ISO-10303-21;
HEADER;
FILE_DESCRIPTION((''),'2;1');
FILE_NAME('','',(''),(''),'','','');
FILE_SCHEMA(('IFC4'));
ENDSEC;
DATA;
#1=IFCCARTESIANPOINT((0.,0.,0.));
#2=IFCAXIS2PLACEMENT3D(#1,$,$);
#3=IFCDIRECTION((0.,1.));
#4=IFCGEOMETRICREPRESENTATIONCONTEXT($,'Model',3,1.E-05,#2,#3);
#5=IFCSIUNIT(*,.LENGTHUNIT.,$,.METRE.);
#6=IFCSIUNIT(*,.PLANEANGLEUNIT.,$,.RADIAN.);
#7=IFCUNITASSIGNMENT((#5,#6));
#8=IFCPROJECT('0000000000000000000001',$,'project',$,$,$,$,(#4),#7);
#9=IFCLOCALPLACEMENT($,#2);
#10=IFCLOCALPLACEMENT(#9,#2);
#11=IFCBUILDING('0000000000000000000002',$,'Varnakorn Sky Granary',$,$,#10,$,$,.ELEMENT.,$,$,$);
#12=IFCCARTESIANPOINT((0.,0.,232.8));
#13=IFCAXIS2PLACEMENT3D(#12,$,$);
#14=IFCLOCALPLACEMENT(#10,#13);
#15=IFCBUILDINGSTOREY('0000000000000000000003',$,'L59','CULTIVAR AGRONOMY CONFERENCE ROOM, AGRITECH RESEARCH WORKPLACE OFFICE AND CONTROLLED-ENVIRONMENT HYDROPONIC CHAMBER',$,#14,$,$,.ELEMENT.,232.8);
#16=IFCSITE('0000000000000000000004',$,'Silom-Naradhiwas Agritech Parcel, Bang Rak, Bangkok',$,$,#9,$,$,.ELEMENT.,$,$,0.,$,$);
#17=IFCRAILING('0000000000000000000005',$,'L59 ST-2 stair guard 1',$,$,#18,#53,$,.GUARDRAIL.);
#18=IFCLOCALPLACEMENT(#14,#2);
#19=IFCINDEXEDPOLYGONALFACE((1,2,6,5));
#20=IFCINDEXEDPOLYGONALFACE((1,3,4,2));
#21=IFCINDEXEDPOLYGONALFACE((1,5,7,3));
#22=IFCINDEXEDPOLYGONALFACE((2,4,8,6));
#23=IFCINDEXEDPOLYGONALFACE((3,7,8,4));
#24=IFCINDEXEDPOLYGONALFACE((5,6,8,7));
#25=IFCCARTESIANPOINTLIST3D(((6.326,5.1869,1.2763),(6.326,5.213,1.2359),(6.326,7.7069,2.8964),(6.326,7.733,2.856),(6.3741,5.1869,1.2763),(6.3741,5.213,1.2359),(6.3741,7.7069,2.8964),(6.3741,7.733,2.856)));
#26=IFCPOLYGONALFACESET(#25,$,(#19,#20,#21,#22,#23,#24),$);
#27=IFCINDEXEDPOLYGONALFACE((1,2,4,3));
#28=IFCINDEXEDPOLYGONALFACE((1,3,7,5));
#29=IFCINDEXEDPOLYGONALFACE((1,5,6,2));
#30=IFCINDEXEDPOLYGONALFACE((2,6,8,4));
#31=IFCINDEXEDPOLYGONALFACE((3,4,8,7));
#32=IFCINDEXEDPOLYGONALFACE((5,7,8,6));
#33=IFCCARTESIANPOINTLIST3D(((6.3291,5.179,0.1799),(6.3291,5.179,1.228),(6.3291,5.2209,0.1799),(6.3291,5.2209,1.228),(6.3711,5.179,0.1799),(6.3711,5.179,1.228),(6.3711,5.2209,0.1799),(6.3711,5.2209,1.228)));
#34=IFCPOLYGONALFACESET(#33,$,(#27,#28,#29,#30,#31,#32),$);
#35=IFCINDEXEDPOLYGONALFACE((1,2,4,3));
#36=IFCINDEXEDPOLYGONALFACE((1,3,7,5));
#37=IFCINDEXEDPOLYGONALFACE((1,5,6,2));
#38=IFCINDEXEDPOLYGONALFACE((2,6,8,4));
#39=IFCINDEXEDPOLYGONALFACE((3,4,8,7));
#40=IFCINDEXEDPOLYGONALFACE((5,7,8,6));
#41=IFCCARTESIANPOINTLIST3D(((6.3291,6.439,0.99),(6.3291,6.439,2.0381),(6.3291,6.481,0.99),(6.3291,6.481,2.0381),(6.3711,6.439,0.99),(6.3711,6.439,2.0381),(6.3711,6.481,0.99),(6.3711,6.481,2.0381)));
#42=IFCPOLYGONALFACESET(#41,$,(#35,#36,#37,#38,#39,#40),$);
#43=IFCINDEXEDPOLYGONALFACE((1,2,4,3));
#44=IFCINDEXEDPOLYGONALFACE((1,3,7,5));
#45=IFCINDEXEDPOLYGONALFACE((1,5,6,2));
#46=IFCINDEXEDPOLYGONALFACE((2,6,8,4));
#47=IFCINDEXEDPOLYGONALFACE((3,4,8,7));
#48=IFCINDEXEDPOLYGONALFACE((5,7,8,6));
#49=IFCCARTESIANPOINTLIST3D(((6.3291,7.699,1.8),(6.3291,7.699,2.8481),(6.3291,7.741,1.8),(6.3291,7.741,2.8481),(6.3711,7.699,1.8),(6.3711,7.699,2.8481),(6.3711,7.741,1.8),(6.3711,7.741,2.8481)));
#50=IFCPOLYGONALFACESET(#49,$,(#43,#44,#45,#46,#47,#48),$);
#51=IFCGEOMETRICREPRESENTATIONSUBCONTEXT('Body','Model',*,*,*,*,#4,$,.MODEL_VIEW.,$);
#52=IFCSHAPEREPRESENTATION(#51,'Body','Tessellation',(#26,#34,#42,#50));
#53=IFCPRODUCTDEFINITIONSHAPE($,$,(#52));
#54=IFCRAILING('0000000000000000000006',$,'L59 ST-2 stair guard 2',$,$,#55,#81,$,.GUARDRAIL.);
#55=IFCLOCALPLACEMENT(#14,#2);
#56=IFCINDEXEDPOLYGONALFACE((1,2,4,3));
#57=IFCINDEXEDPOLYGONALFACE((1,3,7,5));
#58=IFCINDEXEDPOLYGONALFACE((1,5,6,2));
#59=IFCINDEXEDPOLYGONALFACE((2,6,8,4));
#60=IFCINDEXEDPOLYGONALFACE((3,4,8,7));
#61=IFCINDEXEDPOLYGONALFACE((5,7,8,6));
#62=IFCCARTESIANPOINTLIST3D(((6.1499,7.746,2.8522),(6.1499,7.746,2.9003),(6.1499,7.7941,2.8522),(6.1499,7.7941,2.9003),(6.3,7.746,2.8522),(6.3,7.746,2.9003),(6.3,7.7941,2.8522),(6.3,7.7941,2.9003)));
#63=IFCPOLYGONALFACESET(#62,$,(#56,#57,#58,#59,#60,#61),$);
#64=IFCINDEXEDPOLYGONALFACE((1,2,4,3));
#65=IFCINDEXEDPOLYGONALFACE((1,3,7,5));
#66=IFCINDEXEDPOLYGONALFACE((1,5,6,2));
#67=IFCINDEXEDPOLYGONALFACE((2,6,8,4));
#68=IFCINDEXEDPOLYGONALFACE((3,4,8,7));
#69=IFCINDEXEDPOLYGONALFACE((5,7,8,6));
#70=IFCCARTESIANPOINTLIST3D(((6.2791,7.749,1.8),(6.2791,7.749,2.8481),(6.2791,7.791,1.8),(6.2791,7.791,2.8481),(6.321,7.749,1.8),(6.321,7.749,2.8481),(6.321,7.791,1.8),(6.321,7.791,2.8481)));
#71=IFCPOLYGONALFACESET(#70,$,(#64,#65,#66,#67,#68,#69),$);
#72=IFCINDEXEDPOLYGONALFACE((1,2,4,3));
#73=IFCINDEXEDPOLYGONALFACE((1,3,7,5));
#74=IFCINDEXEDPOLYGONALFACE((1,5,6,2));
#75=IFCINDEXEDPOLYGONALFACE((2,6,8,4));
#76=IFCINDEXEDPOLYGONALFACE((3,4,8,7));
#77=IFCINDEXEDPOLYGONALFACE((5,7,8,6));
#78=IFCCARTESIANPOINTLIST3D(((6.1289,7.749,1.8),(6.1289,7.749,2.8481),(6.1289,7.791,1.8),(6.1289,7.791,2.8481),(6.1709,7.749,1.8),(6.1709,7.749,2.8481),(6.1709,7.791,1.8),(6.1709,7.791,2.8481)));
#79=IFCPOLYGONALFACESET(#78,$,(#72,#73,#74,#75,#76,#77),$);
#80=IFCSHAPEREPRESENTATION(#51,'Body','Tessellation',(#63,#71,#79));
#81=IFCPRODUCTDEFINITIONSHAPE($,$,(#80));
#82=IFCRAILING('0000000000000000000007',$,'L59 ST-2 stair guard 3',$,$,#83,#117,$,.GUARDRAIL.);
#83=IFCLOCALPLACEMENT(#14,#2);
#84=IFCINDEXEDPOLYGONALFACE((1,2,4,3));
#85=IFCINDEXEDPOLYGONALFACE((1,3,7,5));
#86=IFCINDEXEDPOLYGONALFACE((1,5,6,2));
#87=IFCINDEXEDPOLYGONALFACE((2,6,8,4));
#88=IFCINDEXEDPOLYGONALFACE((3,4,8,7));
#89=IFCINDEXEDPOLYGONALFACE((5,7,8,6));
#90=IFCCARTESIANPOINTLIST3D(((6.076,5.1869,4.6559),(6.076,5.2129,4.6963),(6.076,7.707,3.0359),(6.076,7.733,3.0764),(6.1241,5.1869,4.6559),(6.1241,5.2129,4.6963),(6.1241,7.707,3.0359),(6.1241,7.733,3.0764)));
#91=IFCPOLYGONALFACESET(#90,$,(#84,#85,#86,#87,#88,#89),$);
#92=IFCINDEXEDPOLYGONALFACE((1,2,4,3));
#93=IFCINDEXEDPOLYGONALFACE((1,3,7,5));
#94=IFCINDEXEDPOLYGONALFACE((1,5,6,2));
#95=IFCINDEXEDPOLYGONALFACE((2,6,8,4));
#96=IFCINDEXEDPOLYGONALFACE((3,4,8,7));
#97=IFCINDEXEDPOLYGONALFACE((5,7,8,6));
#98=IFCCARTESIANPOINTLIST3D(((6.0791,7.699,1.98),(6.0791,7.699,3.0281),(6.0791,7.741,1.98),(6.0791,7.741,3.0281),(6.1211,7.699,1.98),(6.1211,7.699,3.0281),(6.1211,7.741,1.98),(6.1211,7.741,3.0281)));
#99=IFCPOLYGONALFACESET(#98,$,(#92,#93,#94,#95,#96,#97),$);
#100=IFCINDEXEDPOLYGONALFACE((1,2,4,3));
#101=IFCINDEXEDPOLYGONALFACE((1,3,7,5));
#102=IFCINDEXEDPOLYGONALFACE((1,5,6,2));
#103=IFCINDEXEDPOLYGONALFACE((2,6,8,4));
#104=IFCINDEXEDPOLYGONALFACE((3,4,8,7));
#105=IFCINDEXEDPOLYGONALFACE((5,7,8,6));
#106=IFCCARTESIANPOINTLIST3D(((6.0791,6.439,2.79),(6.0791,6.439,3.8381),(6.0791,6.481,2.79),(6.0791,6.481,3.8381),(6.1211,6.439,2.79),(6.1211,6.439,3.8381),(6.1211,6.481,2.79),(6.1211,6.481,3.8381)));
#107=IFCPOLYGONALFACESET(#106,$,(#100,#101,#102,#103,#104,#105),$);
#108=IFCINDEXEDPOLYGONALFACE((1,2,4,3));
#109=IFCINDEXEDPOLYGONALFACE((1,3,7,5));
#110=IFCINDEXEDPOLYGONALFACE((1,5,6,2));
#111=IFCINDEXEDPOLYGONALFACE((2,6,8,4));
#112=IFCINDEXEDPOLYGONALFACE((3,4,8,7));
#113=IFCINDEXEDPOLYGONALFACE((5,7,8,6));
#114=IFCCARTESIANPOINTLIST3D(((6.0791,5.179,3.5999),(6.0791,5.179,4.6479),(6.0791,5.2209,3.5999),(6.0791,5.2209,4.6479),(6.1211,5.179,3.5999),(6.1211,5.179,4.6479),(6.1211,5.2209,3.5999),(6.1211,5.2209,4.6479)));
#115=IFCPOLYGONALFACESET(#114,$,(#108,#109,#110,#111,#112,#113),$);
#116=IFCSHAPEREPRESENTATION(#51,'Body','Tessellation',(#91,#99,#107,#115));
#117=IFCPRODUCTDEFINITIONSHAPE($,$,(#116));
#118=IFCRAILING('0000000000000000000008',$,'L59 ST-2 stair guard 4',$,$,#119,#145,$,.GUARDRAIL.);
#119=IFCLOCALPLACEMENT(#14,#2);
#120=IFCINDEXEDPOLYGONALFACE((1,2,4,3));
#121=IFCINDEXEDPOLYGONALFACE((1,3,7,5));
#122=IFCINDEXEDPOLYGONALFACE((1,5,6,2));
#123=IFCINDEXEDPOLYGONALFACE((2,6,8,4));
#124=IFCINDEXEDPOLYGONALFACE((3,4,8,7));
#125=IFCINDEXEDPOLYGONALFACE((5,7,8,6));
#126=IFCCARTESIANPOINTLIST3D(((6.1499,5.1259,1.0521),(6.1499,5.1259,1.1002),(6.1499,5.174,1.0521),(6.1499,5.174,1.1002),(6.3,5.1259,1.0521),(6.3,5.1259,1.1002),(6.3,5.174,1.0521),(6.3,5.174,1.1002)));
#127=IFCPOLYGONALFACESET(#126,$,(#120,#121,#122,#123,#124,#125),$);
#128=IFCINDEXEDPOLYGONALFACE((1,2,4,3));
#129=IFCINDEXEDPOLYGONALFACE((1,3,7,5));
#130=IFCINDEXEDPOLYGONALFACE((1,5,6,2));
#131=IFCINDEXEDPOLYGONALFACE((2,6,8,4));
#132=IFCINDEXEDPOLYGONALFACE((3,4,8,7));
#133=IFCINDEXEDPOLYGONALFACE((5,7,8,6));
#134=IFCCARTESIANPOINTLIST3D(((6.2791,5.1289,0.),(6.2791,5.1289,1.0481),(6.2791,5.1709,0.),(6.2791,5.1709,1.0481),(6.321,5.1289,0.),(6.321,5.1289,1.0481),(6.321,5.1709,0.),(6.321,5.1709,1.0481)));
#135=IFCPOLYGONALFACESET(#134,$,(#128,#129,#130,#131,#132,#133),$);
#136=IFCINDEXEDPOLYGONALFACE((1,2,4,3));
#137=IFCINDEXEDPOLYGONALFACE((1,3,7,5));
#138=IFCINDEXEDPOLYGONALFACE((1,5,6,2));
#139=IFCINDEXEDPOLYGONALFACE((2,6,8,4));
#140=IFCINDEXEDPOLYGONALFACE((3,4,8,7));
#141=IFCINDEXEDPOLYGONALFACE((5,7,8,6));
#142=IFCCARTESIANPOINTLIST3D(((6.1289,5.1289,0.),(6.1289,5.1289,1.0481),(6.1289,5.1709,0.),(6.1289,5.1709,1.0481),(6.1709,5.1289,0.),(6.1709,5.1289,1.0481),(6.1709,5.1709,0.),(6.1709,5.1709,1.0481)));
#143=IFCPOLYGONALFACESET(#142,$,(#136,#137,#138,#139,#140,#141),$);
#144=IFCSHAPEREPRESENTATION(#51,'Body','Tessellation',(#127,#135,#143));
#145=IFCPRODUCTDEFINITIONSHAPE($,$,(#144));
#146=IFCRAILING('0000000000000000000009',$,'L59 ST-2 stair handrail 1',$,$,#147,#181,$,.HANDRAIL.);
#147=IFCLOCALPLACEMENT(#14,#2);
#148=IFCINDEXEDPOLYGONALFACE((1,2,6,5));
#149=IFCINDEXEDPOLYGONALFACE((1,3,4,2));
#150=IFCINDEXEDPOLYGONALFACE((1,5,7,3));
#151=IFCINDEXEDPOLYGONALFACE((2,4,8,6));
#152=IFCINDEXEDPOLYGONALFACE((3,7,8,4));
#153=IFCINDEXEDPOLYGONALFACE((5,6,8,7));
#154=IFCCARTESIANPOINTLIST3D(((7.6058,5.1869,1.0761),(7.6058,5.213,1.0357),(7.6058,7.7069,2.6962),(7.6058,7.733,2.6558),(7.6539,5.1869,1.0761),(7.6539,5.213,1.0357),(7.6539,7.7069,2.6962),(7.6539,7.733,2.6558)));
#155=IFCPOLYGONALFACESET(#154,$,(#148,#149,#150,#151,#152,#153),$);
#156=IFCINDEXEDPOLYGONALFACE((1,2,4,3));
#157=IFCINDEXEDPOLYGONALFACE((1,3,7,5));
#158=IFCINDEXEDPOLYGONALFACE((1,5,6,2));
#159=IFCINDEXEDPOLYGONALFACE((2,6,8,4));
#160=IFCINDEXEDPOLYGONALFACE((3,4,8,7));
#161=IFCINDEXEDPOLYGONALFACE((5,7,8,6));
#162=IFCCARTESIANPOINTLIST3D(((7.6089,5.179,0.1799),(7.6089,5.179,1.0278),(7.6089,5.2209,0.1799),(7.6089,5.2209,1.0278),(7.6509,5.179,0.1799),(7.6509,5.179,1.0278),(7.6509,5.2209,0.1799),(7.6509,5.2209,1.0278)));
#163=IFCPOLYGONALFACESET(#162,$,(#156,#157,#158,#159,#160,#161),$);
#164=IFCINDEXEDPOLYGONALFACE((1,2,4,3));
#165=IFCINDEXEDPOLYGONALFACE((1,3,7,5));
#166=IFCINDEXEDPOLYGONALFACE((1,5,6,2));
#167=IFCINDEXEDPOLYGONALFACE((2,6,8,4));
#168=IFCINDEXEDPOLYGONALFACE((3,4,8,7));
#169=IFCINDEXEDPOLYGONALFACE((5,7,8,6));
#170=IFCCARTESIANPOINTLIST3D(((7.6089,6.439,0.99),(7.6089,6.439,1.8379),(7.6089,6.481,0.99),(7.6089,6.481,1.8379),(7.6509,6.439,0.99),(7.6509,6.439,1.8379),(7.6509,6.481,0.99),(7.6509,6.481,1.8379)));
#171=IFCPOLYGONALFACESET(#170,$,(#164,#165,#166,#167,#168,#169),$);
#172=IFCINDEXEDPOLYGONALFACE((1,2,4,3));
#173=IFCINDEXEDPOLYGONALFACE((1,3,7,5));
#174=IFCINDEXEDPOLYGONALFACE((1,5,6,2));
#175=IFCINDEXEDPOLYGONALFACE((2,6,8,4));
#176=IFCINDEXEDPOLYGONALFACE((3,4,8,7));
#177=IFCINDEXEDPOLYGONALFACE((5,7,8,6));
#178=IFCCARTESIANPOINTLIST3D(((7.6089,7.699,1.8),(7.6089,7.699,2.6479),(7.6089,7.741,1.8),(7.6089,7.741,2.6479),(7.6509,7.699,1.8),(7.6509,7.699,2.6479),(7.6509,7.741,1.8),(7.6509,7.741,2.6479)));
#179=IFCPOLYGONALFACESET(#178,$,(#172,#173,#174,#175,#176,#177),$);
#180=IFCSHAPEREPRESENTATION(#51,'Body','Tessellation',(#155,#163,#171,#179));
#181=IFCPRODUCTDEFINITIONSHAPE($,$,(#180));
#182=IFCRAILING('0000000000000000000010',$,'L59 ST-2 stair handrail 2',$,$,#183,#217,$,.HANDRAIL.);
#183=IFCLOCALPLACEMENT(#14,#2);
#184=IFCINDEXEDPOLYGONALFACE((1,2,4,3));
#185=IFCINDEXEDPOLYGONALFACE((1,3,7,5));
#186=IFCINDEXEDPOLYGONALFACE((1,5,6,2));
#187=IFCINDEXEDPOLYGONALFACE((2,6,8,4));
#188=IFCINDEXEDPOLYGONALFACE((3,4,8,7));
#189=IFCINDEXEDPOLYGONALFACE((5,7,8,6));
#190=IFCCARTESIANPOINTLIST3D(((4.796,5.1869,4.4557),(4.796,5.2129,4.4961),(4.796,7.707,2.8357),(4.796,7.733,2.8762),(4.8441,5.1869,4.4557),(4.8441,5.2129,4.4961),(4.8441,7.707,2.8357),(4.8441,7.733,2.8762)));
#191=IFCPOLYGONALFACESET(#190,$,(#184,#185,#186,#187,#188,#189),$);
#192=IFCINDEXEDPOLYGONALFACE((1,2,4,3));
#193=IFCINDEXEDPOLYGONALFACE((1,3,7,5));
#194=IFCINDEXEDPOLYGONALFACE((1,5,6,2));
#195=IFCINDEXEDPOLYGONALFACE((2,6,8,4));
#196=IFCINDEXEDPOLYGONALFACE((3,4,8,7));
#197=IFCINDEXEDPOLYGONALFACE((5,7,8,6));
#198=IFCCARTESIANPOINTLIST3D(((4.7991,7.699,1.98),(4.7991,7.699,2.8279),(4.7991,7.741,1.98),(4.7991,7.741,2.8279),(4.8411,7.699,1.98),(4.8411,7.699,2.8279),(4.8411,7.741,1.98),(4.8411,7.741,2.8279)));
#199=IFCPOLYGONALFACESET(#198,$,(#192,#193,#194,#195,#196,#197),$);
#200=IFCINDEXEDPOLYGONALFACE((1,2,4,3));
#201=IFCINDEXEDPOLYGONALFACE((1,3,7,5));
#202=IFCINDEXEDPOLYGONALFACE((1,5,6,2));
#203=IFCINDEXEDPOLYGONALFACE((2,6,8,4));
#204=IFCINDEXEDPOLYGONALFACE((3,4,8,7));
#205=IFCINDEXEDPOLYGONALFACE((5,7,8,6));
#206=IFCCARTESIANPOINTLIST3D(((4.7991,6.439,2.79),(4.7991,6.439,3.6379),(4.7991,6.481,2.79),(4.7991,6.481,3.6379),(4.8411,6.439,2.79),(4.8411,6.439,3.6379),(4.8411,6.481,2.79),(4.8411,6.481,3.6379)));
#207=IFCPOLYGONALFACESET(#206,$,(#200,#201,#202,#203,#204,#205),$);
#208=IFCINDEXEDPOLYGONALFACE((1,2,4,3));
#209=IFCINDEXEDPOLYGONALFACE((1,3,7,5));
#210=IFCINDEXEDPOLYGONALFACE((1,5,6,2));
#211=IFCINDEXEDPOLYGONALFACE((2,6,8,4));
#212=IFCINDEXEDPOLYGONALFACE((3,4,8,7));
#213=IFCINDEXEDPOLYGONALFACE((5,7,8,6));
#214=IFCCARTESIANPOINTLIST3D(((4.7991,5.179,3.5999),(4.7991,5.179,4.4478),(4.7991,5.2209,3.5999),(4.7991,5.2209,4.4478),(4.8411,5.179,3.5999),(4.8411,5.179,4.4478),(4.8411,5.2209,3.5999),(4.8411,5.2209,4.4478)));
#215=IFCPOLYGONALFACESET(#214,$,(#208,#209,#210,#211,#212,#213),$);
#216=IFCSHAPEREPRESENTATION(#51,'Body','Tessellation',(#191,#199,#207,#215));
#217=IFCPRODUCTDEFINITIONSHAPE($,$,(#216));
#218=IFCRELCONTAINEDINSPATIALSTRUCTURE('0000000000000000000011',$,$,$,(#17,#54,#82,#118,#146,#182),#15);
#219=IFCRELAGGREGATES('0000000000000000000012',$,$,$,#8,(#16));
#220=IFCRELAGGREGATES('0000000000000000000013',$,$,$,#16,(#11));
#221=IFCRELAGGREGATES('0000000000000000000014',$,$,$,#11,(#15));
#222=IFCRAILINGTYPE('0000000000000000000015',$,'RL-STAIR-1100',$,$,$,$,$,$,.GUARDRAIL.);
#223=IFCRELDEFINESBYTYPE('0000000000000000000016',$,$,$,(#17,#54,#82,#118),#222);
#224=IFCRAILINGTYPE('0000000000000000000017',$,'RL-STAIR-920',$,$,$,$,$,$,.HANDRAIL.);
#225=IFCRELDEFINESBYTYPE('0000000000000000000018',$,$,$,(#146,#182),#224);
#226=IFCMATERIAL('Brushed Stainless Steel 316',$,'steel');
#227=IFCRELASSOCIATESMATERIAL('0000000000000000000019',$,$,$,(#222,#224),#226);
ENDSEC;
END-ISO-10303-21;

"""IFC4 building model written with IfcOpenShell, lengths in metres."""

from ifc_helpers import new_model, si_unit, direction, frame, origin, origin_2d, place, context, subcontext, project, spatial, rectangle, extrude, material, type_object, element, save


model = new_model("IFC4")

# Units and contexts
model_context = context("Model", 3, precision=1e-05, world=origin(), true_north=direction((0.0, 1.0)))
body_context = subcontext(model_context, "Body", "Model", "MODEL_VIEW")
ifc_project = project(units=[si_unit("LENGTHUNIT", "METRE"), si_unit("PLANEANGLEUNIT", "RADIAN")], contexts=[model_context])

# Site, building, storey
site_placement = place(None, origin())
site = spatial("IfcSite", under=ifc_project, at=site_placement, Name="Silom-Naradhiwas Agritech Parcel, Bang Rak, Bangkok", CompositionType="ELEMENT", RefElevation=0.0)
building_placement = place(site_placement, origin())
building = spatial("IfcBuilding", under=site, at=building_placement, Name="Varnakorn Sky Granary", CompositionType="ELEMENT")
storey_placement = place(building_placement, frame((0.0, 0.0, 232.8)))
storey = spatial("IfcBuildingStorey", under=building, at=storey_placement, Name="L59", Description="CULTIVAR AGRONOMY CONFERENCE ROOM, AGRITECH RESEARCH WORKPLACE OFFICE AND CONTROLLED-ENVIRONMENT HYDROPONIC CHAMBER", CompositionType="ELEMENT", Elevation=232.8)

# Railings
ifc_material_1 = material(Name="Brushed Stainless Steel 316", Category="steel")
railing_type_1 = type_object("IfcRailingType", Name="RL-STAIR-1100", PredefinedType="GUARDRAIL", material=ifc_material_1)
railing_1_placement = place(storey_placement, frame((6.3501, 5.2, 0.1799)))
element("IfcRailing", 1, at=railing_1_placement, inside=storey, type_object=railing_type_1, Name="L59 ST-2 stair guard 1", PredefinedType="GUARDRAIL", context=body_context, shape_type="SweptSolid", body=[
    extrude(rectangle(XDim=0.0481, YDim=0.0481, at=origin_2d()), frame((0.0, 0.0, 1.0762), z_axis=(0.0, 0.841163, 0.540782), x_axis=(-1.0, 0.0, 0.0)), (0.0, 0.0, 1.0), 2.9958),
    extrude(rectangle(XDim=0.042, YDim=0.042, at=origin_2d()), origin(), (0.0, 0.0, 1.0), 1.0481),
    extrude(rectangle(XDim=0.042, YDim=0.042, at=origin_2d()), frame((0.0, 1.26, 0.8101)), (0.0, 0.0, 1.0), 1.0481),
    extrude(rectangle(XDim=0.042, YDim=0.042, at=origin_2d()), frame((0.0, 2.52, 1.6201)), (0.0, 0.0, 1.0), 1.0481),
])
railing_2_placement = place(storey_placement, frame((6.3, 7.77, 1.8)))
element("IfcRailing", 2, at=railing_2_placement, inside=storey, type_object=railing_type_1, Name="L59 ST-2 stair guard 2", PredefinedType="GUARDRAIL", context=body_context, shape_type="SweptSolid", body=[
    extrude(rectangle(XDim=0.0481, YDim=0.0481, at=origin_2d()), frame((0.0, 0.0, 1.0762), z_axis=(-1.0, 0.0, 0.0), x_axis=(0.0, -1.0, 0.0)), (0.0, 0.0, 1.0), 0.1501),
    extrude(rectangle(XDim=0.042, YDim=0.042, at=origin_2d()), origin(), (0.0, 0.0, 1.0), 1.0481),
    extrude(rectangle(XDim=0.042, YDim=0.042, at=origin_2d()), frame((-0.1501, 0.0, 0.0)), (0.0, 0.0, 1.0), 1.0481),
])
railing_3_placement = place(storey_placement, frame((6.1001, 7.72, 1.98)))
element("IfcRailing", 3, at=railing_3_placement, inside=storey, type_object=railing_type_1, Name="L59 ST-2 stair guard 3", PredefinedType="GUARDRAIL", context=body_context, shape_type="SweptSolid", body=[
    extrude(rectangle(XDim=0.0481, YDim=0.0481, at=origin_2d()), frame((0.0, 0.0, 1.0762), z_axis=(0.0, -0.8412, 0.540725), x_axis=(1.0, 0.0, 0.0)), (0.0, 0.0, 1.0), 2.9958),
    extrude(rectangle(XDim=0.042, YDim=0.042, at=origin_2d()), origin(), (0.0, 0.0, 1.0), 1.0481),
    extrude(rectangle(XDim=0.042, YDim=0.042, at=origin_2d()), frame((0.0, -1.26, 0.8101)), (0.0, 0.0, 1.0), 1.0481),
    extrude(rectangle(XDim=0.042, YDim=0.042, at=origin_2d()), frame((0.0, -2.52, 1.6199)), (0.0, 0.0, 1.0), 1.0481),
])
railing_4_placement = place(storey_placement, frame((6.3, 5.1499, 0.0)))
element("IfcRailing", 4, at=railing_4_placement, inside=storey, type_object=railing_type_1, Name="L59 ST-2 stair guard 4", PredefinedType="GUARDRAIL", context=body_context, shape_type="SweptSolid", body=[
    extrude(rectangle(XDim=0.0481, YDim=0.0481, at=origin_2d()), frame((0.0, 0.0, 1.0762), z_axis=(-1.0, 0.0, 0.0), x_axis=(0.0, -1.0, 0.0)), (0.0, 0.0, 1.0), 0.1501),
    extrude(rectangle(XDim=0.042, YDim=0.042, at=origin_2d()), origin(), (0.0, 0.0, 1.0), 1.0481),
    extrude(rectangle(XDim=0.042, YDim=0.042, at=origin_2d()), frame((-0.1501, 0.0, 0.0)), (0.0, 0.0, 1.0), 1.0481),
])
railing_type_2 = type_object("IfcRailingType", Name="RL-STAIR-920", PredefinedType="HANDRAIL", material=ifc_material_1)
railing_5_placement = place(storey_placement, frame((7.6299, 5.2, 0.1799)))
element("IfcRailing", 5, at=railing_5_placement, inside=storey, type_object=railing_type_2, Name="L59 ST-2 stair handrail 1", PredefinedType="HANDRAIL", context=body_context, shape_type="SweptSolid", body=[
    extrude(rectangle(XDim=0.0481, YDim=0.0481, at=origin_2d()), frame((0.0, 0.0, 0.876), z_axis=(0.0, 0.841163, 0.540782), x_axis=(-1.0, 0.0, 0.0)), (0.0, 0.0, 1.0), 2.9958),
    extrude(rectangle(XDim=0.042, YDim=0.042, at=origin_2d()), origin(), (0.0, 0.0, 1.0), 0.8479),
    extrude(rectangle(XDim=0.042, YDim=0.042, at=origin_2d()), frame((0.0, 1.26, 0.8101)), (0.0, 0.0, 1.0), 0.8479),
    extrude(rectangle(XDim=0.042, YDim=0.042, at=origin_2d()), frame((0.0, 2.52, 1.6201)), (0.0, 0.0, 1.0), 0.8479),
])
railing_6_placement = place(storey_placement, frame((4.8201, 7.72, 1.98)))
element("IfcRailing", 6, at=railing_6_placement, inside=storey, type_object=railing_type_2, Name="L59 ST-2 stair handrail 2", PredefinedType="HANDRAIL", context=body_context, shape_type="SweptSolid", body=[
    extrude(rectangle(XDim=0.0481, YDim=0.0481, at=origin_2d()), frame((0.0, 0.0, 0.876), z_axis=(0.0, -0.8412, 0.540725), x_axis=(1.0, 0.0, 0.0)), (0.0, 0.0, 1.0), 2.9958),
    extrude(rectangle(XDim=0.042, YDim=0.042, at=origin_2d()), origin(), (0.0, 0.0, 1.0), 0.8479),
    extrude(rectangle(XDim=0.042, YDim=0.042, at=origin_2d()), frame((0.0, -1.26, 0.8101)), (0.0, 0.0, 1.0), 0.8479),
    extrude(rectangle(XDim=0.042, YDim=0.042, at=origin_2d()), frame((0.0, -2.52, 1.6199)), (0.0, 0.0, 1.0), 0.8479),
])

save(model, "model.ifc")
